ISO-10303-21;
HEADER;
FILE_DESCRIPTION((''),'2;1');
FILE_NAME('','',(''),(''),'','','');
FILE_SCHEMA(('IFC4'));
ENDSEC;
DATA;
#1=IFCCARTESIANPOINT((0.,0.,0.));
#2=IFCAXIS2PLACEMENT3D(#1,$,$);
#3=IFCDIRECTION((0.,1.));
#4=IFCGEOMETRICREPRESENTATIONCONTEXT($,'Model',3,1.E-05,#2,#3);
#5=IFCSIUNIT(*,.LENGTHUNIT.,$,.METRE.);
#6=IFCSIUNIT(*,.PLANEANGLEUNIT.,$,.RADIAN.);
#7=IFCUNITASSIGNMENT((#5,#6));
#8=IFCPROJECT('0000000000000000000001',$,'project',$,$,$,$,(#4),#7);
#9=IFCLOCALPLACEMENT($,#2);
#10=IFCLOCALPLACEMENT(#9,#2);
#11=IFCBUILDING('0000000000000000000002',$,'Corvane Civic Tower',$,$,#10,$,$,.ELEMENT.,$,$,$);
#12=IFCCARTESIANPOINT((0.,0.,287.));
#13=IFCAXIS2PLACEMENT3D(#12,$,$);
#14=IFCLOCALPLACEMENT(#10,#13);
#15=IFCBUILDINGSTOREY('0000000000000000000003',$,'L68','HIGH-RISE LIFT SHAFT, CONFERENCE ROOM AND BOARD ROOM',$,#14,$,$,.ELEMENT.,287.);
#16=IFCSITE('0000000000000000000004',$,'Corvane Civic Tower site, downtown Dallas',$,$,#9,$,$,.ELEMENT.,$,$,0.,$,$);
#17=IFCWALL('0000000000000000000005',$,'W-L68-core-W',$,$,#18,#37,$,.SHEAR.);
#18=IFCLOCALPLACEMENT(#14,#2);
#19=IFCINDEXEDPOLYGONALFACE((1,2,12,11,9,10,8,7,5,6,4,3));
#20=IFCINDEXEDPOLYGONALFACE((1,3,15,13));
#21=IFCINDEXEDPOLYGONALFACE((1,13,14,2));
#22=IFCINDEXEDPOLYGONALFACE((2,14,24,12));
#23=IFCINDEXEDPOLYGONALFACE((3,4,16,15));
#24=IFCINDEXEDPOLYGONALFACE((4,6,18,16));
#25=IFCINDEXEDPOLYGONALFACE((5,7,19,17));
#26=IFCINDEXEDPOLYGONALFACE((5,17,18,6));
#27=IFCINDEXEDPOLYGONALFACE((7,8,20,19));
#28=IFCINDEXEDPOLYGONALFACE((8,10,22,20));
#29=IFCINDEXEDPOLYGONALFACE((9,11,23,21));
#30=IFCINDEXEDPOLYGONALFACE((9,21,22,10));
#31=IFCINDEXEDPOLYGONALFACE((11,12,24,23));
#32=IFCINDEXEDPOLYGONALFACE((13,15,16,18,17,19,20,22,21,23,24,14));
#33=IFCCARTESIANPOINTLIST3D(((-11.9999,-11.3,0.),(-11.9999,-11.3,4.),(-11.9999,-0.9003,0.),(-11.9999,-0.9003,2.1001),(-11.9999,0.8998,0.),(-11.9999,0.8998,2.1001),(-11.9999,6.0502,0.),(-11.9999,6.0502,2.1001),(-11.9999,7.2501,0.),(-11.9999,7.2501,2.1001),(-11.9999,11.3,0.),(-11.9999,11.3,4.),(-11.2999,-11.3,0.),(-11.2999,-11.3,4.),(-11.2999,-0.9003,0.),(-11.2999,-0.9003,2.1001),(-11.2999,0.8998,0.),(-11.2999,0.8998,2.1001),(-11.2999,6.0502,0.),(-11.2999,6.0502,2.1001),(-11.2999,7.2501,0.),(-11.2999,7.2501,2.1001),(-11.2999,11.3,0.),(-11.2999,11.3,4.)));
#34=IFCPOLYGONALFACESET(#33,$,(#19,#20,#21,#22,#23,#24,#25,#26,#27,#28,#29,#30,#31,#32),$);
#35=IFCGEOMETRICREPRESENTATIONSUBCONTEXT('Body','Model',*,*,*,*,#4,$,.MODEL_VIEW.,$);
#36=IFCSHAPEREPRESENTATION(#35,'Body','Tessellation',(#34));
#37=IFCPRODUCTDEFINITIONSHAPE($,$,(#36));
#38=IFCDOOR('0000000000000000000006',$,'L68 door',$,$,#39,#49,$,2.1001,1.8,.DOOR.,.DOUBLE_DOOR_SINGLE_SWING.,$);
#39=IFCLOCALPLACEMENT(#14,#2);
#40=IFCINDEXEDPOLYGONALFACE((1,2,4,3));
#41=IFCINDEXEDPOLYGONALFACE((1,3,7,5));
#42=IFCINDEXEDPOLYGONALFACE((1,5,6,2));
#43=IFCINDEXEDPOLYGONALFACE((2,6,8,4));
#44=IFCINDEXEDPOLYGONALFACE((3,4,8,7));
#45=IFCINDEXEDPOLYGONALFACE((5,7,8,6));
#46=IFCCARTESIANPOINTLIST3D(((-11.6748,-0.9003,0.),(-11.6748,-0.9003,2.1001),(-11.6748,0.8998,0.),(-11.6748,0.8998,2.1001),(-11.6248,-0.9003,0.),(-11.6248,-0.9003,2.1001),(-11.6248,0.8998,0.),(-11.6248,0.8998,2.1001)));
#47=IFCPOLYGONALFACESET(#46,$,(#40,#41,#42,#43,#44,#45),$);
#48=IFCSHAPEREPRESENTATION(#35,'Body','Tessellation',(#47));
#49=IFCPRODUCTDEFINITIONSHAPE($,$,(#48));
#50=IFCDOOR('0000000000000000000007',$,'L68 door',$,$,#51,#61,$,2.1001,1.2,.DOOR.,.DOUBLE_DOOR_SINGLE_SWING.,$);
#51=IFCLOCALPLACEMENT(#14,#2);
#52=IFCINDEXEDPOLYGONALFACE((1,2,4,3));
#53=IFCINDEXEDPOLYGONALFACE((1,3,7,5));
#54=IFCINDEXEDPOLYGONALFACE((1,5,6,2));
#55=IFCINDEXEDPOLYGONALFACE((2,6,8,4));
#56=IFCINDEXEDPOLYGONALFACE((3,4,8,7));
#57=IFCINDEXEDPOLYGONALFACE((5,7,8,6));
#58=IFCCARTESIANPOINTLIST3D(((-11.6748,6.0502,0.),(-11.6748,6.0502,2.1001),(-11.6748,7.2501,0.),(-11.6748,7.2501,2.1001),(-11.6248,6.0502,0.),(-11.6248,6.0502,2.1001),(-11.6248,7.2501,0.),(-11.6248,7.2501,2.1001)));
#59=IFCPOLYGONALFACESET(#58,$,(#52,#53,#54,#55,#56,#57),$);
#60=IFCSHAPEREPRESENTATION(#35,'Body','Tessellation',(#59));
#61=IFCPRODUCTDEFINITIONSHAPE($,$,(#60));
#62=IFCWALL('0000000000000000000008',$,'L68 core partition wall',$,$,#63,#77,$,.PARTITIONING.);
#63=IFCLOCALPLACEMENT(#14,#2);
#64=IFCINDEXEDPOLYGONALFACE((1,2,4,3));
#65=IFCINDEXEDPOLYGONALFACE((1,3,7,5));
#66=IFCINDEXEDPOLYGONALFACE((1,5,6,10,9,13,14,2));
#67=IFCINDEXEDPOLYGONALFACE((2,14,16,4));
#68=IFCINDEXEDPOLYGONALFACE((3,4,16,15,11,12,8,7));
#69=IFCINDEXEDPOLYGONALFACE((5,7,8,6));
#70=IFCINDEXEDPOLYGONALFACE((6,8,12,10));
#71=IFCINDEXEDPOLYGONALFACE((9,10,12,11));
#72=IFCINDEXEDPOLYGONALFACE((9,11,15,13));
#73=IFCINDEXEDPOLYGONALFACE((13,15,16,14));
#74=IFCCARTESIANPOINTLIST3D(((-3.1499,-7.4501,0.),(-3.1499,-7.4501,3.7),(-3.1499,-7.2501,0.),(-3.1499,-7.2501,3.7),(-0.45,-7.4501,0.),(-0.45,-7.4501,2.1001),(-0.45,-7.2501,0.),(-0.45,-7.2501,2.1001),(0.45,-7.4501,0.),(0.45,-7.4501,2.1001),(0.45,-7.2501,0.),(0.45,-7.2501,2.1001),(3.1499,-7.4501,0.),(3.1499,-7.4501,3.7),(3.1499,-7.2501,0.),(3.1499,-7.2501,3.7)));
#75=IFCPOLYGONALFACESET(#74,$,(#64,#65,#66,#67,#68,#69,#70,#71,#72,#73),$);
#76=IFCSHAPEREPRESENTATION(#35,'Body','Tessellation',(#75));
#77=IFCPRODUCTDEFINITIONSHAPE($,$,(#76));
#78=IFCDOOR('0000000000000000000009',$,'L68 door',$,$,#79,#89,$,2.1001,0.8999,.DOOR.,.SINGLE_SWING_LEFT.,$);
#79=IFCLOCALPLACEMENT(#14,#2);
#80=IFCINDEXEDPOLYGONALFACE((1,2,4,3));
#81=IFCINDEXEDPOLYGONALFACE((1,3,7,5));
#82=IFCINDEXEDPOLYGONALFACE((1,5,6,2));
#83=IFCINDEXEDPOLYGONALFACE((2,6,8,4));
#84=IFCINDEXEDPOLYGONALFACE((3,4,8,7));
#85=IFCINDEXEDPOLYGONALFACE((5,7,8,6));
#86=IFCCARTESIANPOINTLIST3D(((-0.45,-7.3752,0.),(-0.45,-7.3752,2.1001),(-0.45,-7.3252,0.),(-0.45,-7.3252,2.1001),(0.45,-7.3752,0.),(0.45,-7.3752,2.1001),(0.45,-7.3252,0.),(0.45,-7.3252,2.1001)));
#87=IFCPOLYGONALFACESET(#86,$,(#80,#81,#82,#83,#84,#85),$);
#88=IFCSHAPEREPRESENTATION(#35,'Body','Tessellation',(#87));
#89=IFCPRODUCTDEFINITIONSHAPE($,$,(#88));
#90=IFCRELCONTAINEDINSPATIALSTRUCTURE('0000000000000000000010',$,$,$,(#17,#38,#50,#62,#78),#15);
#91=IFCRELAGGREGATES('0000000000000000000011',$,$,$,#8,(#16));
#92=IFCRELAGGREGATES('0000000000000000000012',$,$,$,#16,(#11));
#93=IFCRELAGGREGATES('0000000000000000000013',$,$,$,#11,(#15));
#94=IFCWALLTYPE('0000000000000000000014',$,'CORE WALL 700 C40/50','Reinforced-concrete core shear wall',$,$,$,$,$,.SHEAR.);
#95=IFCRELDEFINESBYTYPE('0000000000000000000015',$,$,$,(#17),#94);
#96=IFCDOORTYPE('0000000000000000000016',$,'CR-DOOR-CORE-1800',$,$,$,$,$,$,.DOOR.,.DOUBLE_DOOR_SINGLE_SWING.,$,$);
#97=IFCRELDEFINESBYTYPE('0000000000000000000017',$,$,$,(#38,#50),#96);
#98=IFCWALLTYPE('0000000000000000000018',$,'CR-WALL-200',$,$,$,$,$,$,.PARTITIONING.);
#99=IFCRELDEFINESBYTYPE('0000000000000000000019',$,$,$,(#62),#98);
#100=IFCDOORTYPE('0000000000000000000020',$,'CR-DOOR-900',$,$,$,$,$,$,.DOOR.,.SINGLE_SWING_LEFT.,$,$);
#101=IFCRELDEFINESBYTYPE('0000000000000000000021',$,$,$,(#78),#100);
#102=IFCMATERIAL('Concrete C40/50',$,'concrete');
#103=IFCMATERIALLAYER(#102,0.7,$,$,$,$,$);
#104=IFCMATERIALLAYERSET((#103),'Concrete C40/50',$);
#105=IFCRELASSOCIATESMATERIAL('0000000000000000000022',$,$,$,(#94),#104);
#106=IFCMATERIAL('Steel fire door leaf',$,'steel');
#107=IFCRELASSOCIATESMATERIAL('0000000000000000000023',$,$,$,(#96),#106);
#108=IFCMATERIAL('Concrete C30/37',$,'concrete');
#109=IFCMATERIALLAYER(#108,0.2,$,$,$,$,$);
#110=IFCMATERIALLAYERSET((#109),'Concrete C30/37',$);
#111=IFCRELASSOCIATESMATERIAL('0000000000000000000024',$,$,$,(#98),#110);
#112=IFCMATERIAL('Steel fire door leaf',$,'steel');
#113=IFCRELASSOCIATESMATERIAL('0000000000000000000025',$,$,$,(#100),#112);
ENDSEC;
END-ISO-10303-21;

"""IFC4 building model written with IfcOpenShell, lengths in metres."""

from ifc_helpers import new_model, si_unit, direction, frame, frame_2d, origin, place, context, subcontext, project, spatial, rectangle, extrude, material, layer, layer_set, type_object, element, fill, save


model = new_model("IFC4")

# Units and contexts
model_context = context("Model", 3, precision=1e-05, world=origin(), true_north=direction((0.0, 1.0)))
body_context = subcontext(model_context, "Body", "Model", "MODEL_VIEW")
ifc_project = project(units=[si_unit("LENGTHUNIT", "METRE"), si_unit("PLANEANGLEUNIT", "RADIAN")], contexts=[model_context])

# Site, building, storey
site_placement = place(None, origin())
site = spatial("IfcSite", under=ifc_project, at=site_placement, Name="Corvane Civic Tower site, downtown Dallas", CompositionType="ELEMENT", RefElevation=0.0)
building_placement = place(site_placement, origin())
building = spatial("IfcBuilding", under=site, at=building_placement, Name="Corvane Civic Tower", CompositionType="ELEMENT")
storey_placement = place(building_placement, frame((0.0, 0.0, 287.0)))
storey = spatial("IfcBuildingStorey", under=building, at=storey_placement, Name="L68", Description="HIGH-RISE LIFT SHAFT, CONFERENCE ROOM AND BOARD ROOM", CompositionType="ELEMENT", Elevation=287.0)

# Wall, openings, doors
ifc_material_1 = material(Name="Concrete C40/50", Category="concrete")
ifc_layer_1 = layer(ifc_material_1, 0.7)
ifc_layer_set_1 = layer_set([ifc_layer_1], Name="Concrete C40/50")
wall_type_1 = type_object("IfcWallType", Name="CORE WALL 700 C40/50", Description="Reinforced-concrete core shear wall", PredefinedType="SHEAR", material=ifc_layer_set_1)
wall_1_placement = place(storey_placement, frame((-11.6499, -11.3, 0.0), z_axis=(0.0, 0.0, 1.0), x_axis=(0.0, 1.0, 0.0)))
wall_1 = element("IfcWall", 1, at=wall_1_placement, inside=storey, type_object=wall_type_1, Name="W-L68-core-W", PredefinedType="SHEAR", context=body_context, shape_type="SweptSolid", body=[
    extrude(rectangle(XDim=22.6001, YDim=0.7, at=frame_2d((11.3, 0.0))), origin(), (0.0, 0.0, 1.0), 4.0),
])
opening_1_placement = place(wall_1_placement, frame((10.3999, 0.0, 0.0)))
opening_1 = element("IfcOpeningElement", 2, at=opening_1_placement, cuts=wall_1, PredefinedType="OPENING", context=body_context, shape_type="SweptSolid", body=[
    extrude(rectangle(XDim=1.8, YDim=2.1001, at=frame_2d((0.8999, 1.05))), frame((0.0, 0.3599, 0.0), z_axis=(0.0, -1.0, 0.0), x_axis=(1.0, 0.0, 0.0)), (0.0, 0.0, 1.0), 0.72),
])
opening_2_placement = place(wall_1_placement, frame((17.3501, 0.0, 0.0)))
opening_2 = element("IfcOpeningElement", 3, at=opening_2_placement, cuts=wall_1, PredefinedType="OPENING", context=body_context, shape_type="SweptSolid", body=[
    extrude(rectangle(XDim=1.2, YDim=2.1001, at=frame_2d((0.6001, 1.05))), frame((0.0, 0.3599, 0.0), z_axis=(0.0, -1.0, 0.0), x_axis=(1.0, 0.0, 0.0)), (0.0, 0.0, 1.0), 0.72),
])
ifc_material_2 = material(Name="Steel fire door leaf", Category="steel")
door_type_1 = type_object("IfcDoorType", Name="CR-DOOR-CORE-1800", OperationType="DOUBLE_DOOR_SINGLE_SWING", PredefinedType="DOOR", material=ifc_material_2)
door_1_placement = place(opening_1_placement, origin())
door_1 = element("IfcDoor", 4, at=door_1_placement, inside=storey, type_object=door_type_1, Name="L68 door", OperationType="DOUBLE_DOOR_SINGLE_SWING", OverallHeight=2.1001, OverallWidth=1.8, PredefinedType="DOOR", context=body_context, shape_type="SweptSolid", body=[
    extrude(rectangle(XDim=1.8, YDim=2.1001, at=frame_2d((0.8999, 1.05))), frame((0.0, 0.0249, 0.0), z_axis=(0.0, -1.0, 0.0), x_axis=(1.0, 0.0, 0.0)), (0.0, 0.0, 1.0), 0.05),
])
fill(opening_1, door_1)
door_2_placement = place(opening_2_placement, origin())
door_2 = element("IfcDoor", 5, at=door_2_placement, inside=storey, type_object=door_type_1, Name="L68 door", OperationType="DOUBLE_DOOR_SINGLE_SWING", OverallHeight=2.1001, OverallWidth=1.2, PredefinedType="DOOR", context=body_context, shape_type="SweptSolid", body=[
    extrude(rectangle(XDim=1.2, YDim=2.1001, at=frame_2d((0.6001, 1.05))), frame((0.0, 0.0249, 0.0), z_axis=(0.0, -1.0, 0.0), x_axis=(1.0, 0.0, 0.0)), (0.0, 0.0, 1.0), 0.05),
])
fill(opening_2, door_2)

# Wall, opening, door
ifc_material_3 = material(Name="Concrete C30/37", Category="concrete")
ifc_layer_2 = layer(ifc_material_3, 0.2)
ifc_layer_set_2 = layer_set([ifc_layer_2], Name="Concrete C30/37")
wall_type_2 = type_object("IfcWallType", Name="CR-WALL-200", PredefinedType="PARTITIONING", material=ifc_layer_set_2)
wall_2_placement = place(storey_placement, frame((-3.1499, -7.3501, 0.0), z_axis=(0.0, 0.0, 1.0), x_axis=(1.0, 0.0, 0.0)))
wall_2 = element("IfcWall", 6, at=wall_2_placement, inside=storey, type_object=wall_type_2, Name="L68 core partition wall", PredefinedType="PARTITIONING", context=body_context, shape_type="SweptSolid", body=[
    extrude(rectangle(XDim=6.2998, YDim=0.2, at=frame_2d((3.1499, 0.0))), origin(), (0.0, 0.0, 1.0), 3.7),
])
opening_3_placement = place(wall_2_placement, frame((2.7, 0.0, 0.0)))
opening_3 = element("IfcOpeningElement", 7, at=opening_3_placement, cuts=wall_2, PredefinedType="OPENING", context=body_context, shape_type="SweptSolid", body=[
    extrude(rectangle(XDim=0.8999, YDim=2.1001, at=frame_2d((0.45, 1.05))), frame((0.0, 0.1099, 0.0), z_axis=(0.0, -1.0, 0.0), x_axis=(1.0, 0.0, 0.0)), (0.0, 0.0, 1.0), 0.22),
])
ifc_material_4 = material(Name="Steel fire door leaf", Category="steel")
door_type_2 = type_object("IfcDoorType", Name="CR-DOOR-900", OperationType="SINGLE_SWING_LEFT", PredefinedType="DOOR", material=ifc_material_4)
door_3_placement = place(opening_3_placement, origin())
door_3 = element("IfcDoor", 8, at=door_3_placement, inside=storey, type_object=door_type_2, Name="L68 door", OperationType="SINGLE_SWING_LEFT", OverallHeight=2.1001, OverallWidth=0.8999, PredefinedType="DOOR", context=body_context, shape_type="SweptSolid", body=[
    extrude(rectangle(XDim=0.8999, YDim=2.1001, at=frame_2d((0.45, 1.05))), frame((0.0, 0.0249, 0.0), z_axis=(0.0, -1.0, 0.0), x_axis=(1.0, 0.0, 0.0)), (0.0, 0.0, 1.0), 0.05),
])
fill(opening_3, door_3)

save(model, "model.ifc")
